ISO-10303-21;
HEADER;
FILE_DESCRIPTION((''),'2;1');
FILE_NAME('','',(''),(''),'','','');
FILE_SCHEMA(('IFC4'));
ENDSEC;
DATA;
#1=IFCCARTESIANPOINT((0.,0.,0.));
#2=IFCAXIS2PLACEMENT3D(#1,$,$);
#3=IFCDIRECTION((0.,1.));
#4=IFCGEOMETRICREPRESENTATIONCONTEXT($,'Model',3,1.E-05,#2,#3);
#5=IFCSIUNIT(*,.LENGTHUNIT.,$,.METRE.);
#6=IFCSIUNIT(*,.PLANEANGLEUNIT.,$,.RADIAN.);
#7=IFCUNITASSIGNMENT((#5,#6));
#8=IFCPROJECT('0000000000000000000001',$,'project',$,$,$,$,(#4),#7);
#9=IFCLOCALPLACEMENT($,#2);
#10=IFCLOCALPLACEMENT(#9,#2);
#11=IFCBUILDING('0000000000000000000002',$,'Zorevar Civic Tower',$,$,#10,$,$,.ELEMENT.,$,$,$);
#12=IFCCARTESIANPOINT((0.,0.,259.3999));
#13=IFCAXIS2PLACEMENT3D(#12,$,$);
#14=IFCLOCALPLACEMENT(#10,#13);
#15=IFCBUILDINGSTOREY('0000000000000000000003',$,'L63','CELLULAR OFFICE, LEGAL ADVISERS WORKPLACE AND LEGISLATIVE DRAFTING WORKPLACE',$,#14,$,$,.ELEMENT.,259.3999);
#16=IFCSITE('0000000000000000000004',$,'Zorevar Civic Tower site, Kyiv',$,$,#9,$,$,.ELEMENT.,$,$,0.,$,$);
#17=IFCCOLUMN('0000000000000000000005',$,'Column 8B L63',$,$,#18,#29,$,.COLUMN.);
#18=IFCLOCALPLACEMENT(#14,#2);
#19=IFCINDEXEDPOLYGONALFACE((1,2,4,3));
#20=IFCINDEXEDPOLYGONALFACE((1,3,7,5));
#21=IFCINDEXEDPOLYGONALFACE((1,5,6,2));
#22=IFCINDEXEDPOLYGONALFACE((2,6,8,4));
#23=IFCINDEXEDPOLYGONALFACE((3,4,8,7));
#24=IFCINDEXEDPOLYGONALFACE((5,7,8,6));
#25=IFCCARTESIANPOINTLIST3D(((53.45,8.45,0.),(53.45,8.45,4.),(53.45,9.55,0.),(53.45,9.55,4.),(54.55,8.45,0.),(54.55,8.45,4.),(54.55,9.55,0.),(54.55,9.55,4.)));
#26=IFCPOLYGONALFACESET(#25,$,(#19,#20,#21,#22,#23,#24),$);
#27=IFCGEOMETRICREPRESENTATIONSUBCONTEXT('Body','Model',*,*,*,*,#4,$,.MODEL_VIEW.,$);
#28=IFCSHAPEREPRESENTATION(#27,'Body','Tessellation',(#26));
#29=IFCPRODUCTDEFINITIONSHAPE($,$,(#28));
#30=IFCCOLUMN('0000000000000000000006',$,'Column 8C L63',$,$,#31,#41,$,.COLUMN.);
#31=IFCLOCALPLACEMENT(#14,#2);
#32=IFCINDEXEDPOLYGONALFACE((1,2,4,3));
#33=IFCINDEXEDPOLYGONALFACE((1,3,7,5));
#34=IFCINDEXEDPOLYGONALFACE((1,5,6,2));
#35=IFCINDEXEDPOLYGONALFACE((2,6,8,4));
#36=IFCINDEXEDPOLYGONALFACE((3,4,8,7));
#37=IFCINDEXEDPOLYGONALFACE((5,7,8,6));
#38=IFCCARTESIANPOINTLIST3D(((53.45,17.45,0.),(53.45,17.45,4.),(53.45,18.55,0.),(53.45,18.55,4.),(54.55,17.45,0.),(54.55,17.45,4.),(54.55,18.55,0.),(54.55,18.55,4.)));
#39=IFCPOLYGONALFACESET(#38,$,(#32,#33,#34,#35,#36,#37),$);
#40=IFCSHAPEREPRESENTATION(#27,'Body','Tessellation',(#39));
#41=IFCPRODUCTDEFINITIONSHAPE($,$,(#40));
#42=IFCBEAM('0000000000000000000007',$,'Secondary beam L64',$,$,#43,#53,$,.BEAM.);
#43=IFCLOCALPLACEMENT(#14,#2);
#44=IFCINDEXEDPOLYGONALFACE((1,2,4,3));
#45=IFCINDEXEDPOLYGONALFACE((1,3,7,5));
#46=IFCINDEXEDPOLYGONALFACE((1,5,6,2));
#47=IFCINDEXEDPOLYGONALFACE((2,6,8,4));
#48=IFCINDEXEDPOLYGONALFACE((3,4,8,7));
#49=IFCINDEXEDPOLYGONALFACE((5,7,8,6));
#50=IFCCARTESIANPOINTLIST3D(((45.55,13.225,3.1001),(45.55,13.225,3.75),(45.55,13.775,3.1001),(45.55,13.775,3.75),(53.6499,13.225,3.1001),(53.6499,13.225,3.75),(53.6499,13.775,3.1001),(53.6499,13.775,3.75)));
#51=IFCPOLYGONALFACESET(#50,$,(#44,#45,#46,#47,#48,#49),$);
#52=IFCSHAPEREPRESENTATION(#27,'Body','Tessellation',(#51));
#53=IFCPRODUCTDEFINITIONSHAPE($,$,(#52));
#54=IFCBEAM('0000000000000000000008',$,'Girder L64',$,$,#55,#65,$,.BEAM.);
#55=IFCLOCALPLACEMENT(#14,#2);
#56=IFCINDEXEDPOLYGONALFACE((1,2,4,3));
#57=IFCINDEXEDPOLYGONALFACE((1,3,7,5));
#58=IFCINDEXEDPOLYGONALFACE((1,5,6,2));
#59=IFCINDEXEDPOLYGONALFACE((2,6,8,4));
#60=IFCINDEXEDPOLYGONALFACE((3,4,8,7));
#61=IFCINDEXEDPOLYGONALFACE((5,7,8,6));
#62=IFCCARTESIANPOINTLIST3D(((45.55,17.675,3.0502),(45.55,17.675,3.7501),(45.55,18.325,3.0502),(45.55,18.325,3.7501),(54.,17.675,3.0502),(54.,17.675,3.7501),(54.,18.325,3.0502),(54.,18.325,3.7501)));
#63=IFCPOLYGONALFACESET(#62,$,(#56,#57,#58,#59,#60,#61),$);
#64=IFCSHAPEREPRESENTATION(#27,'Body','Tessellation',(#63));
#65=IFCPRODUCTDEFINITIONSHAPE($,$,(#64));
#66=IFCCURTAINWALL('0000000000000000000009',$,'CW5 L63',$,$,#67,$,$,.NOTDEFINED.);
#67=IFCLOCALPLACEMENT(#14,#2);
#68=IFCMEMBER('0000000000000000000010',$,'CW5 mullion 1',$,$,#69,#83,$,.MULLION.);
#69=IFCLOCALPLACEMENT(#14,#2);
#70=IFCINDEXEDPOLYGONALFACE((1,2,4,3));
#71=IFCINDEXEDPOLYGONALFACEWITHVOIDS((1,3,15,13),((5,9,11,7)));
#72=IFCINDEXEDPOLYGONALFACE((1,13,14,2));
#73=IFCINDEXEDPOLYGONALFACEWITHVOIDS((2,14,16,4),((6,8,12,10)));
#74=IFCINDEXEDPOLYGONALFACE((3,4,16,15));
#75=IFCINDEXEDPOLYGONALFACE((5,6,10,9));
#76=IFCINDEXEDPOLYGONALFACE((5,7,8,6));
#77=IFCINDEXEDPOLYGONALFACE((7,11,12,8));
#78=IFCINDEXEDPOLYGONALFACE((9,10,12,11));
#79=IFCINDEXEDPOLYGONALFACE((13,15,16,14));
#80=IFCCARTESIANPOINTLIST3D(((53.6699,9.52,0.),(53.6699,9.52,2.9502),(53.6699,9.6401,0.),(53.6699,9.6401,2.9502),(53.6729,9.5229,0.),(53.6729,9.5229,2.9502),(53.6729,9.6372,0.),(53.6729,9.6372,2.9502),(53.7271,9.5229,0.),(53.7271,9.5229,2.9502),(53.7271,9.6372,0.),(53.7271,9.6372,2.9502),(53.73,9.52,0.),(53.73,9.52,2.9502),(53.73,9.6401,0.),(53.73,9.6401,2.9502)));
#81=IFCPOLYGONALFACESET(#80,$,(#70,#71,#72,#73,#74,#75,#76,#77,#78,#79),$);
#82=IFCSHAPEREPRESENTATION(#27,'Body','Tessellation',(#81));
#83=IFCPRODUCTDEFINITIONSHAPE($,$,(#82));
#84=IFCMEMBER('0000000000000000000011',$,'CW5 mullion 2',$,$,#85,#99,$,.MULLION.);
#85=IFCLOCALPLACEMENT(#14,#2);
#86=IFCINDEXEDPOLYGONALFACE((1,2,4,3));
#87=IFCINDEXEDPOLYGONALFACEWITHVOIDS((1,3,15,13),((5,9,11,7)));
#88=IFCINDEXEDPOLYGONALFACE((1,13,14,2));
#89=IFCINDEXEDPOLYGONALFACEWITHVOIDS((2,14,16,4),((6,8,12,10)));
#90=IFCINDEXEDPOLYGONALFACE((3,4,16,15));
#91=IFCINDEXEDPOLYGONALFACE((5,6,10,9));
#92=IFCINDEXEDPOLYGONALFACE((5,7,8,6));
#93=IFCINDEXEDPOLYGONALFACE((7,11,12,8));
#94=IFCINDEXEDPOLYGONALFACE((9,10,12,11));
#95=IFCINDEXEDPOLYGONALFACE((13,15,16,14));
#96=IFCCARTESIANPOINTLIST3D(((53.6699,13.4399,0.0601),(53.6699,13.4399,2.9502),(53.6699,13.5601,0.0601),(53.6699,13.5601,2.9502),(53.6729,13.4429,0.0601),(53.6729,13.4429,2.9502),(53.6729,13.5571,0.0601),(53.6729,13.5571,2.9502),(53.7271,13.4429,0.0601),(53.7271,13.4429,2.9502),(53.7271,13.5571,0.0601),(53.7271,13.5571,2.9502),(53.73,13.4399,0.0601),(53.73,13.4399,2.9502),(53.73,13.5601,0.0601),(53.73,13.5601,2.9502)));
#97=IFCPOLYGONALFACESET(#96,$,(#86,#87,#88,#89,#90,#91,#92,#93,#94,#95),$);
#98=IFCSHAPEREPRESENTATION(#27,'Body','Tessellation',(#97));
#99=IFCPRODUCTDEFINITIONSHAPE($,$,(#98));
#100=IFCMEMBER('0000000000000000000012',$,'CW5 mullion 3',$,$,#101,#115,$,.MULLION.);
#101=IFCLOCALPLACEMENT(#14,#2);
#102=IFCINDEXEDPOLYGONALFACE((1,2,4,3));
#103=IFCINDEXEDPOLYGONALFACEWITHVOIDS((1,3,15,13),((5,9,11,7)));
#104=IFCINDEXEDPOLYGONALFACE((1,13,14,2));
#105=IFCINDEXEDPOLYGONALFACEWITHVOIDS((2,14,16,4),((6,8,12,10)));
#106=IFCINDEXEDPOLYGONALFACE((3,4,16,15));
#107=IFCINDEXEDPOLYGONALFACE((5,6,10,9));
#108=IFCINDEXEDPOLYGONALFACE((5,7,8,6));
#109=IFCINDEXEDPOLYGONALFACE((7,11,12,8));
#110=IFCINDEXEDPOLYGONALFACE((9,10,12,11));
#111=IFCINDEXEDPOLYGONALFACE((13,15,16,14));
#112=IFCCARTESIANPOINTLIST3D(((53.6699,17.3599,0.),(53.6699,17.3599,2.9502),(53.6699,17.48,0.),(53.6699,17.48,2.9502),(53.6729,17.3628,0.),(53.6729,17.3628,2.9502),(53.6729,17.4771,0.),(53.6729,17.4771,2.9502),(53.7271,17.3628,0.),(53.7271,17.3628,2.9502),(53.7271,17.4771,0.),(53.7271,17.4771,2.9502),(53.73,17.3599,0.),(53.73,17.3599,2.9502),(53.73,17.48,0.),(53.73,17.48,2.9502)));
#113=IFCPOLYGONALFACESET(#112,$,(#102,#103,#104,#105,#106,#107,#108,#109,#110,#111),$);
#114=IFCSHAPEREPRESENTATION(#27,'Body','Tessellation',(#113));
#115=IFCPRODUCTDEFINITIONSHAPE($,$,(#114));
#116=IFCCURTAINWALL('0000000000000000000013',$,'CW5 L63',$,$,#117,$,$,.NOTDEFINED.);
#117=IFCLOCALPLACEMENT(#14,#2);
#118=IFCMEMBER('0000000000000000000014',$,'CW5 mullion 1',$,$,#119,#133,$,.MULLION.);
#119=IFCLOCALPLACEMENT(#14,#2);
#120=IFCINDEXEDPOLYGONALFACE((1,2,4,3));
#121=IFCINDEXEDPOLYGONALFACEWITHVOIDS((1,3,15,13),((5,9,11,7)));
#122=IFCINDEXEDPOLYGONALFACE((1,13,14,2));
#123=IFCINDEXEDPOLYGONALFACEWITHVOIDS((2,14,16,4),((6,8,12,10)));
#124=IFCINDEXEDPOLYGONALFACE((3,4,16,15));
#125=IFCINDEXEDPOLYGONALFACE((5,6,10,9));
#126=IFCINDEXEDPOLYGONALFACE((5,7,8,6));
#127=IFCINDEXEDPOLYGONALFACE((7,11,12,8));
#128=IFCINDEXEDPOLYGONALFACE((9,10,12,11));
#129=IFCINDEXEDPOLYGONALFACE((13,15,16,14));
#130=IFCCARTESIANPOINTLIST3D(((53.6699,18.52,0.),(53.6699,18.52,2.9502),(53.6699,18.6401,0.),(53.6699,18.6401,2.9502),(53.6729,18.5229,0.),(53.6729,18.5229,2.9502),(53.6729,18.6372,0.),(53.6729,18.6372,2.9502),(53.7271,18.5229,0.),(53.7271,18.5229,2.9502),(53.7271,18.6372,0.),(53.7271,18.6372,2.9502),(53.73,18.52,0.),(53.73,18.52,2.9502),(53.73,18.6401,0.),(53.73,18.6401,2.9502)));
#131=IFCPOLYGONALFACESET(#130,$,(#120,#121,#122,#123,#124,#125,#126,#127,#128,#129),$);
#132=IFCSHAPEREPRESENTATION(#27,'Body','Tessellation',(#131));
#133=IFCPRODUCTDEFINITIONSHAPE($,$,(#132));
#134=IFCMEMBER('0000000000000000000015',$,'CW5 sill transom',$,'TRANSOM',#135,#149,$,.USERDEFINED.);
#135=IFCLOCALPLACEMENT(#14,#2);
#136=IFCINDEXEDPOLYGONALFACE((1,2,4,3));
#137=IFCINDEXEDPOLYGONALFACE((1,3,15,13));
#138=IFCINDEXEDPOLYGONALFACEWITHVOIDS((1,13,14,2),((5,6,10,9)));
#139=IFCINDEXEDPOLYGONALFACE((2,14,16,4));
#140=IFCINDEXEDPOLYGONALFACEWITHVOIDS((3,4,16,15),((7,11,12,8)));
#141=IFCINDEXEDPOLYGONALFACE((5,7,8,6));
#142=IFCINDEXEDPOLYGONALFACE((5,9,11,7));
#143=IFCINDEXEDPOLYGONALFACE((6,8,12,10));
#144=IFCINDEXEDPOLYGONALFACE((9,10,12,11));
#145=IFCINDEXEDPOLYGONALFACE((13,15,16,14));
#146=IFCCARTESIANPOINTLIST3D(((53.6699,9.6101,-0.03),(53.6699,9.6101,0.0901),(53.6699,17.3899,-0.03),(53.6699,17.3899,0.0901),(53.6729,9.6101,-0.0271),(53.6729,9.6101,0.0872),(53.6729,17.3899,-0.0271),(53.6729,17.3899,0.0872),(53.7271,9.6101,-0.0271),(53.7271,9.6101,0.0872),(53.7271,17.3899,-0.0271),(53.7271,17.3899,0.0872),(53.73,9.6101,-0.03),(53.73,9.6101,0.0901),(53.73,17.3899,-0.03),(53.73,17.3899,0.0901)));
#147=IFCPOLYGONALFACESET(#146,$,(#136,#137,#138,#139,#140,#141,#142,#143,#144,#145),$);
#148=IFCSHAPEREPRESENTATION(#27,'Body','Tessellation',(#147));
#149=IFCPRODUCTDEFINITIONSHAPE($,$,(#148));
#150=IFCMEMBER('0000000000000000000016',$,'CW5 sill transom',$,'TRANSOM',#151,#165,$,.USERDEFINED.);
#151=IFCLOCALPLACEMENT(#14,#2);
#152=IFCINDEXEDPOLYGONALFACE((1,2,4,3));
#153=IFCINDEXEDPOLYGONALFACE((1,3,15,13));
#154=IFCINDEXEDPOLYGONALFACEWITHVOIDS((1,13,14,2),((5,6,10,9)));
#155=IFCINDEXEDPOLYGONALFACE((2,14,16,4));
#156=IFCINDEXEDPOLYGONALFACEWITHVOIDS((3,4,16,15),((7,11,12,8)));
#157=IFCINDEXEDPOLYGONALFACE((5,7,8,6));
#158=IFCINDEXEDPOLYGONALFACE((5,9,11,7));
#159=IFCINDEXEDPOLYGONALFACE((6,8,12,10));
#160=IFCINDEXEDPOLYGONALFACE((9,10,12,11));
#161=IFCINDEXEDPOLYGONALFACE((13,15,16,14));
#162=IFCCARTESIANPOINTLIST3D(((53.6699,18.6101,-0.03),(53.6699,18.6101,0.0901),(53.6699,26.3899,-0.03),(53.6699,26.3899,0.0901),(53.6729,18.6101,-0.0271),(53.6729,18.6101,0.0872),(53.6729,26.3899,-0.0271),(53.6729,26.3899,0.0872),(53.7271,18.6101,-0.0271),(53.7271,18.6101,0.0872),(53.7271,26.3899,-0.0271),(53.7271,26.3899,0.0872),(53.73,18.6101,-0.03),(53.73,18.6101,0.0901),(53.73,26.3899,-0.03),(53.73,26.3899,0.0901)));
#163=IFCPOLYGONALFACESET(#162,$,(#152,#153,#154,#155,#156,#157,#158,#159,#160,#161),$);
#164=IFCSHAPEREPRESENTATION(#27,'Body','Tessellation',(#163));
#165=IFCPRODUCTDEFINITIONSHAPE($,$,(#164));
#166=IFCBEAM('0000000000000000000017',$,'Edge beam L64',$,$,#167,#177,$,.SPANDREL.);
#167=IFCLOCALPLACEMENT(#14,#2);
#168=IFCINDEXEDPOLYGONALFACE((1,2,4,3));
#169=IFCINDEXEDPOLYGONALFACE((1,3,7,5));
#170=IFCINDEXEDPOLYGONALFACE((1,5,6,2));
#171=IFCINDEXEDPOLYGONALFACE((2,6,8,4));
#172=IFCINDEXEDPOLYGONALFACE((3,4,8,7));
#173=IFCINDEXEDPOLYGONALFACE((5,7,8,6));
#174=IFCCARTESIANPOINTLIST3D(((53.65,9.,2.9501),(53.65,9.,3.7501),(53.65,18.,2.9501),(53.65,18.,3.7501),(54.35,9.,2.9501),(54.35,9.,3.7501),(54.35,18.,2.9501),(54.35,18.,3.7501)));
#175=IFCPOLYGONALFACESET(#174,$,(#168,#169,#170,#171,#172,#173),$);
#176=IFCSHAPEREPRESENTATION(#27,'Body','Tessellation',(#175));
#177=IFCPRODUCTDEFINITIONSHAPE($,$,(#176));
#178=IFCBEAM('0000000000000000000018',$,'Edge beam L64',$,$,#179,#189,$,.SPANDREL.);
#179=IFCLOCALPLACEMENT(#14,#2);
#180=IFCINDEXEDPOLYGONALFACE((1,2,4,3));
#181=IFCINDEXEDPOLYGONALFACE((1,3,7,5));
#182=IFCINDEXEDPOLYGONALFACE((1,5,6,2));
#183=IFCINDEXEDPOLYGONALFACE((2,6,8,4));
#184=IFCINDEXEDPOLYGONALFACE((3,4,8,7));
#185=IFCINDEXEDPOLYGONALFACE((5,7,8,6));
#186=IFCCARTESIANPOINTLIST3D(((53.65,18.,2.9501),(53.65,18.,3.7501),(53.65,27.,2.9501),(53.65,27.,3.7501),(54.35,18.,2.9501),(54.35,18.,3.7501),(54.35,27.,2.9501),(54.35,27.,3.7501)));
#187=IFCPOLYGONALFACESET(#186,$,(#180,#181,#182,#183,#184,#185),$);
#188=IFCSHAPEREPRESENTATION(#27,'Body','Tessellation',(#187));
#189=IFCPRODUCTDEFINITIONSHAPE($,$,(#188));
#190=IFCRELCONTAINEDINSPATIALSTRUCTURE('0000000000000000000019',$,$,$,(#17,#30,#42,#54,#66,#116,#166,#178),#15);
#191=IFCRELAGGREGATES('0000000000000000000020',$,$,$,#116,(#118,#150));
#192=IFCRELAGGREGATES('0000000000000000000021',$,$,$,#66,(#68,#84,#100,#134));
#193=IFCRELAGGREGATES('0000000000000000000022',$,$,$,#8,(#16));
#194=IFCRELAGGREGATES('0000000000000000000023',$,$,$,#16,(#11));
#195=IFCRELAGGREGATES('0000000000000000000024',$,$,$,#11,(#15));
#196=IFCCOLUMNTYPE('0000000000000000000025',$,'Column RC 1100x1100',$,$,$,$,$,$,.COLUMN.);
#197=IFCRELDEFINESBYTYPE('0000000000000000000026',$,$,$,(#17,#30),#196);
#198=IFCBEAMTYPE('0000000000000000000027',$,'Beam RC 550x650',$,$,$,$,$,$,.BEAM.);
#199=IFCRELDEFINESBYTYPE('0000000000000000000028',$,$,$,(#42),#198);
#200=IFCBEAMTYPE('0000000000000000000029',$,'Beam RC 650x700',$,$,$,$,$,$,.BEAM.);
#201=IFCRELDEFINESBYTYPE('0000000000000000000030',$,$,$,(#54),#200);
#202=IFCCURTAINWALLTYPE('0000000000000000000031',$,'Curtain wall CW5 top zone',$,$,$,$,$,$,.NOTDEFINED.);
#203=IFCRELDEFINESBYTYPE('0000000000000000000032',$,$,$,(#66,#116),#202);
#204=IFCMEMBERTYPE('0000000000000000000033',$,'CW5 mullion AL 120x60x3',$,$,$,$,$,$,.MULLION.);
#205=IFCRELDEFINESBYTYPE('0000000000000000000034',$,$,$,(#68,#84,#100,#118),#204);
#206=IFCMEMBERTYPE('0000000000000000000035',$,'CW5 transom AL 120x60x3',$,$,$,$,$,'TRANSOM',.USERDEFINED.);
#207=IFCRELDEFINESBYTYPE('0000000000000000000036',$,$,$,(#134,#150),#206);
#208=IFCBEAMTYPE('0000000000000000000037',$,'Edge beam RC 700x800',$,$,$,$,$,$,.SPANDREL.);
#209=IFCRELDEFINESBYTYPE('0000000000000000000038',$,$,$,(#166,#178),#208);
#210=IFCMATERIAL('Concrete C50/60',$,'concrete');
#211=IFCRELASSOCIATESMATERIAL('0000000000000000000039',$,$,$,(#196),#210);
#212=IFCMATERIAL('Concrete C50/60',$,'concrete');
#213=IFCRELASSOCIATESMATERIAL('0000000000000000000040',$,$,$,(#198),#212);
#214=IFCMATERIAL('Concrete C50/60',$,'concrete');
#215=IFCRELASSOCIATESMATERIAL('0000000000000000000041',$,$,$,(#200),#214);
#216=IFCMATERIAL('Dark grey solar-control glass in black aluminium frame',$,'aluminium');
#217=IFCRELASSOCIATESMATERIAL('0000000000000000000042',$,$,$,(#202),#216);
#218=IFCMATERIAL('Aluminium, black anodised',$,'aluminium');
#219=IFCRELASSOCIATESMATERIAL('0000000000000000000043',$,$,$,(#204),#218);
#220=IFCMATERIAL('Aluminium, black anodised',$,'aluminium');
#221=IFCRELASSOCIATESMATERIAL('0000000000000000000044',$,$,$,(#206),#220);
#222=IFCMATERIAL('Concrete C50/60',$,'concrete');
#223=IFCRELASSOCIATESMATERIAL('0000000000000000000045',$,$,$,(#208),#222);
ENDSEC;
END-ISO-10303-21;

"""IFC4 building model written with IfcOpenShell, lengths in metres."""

from ifc_helpers import new_model, si_unit, direction, frame, origin, origin_2d, place, context, subcontext, project, spatial, rectangle, hollow_rectangle, extrude, material, material_profile, profile_set, type_object, element, aggregate, save


model = new_model("IFC4")

# Units and contexts
model_context = context("Model", 3, precision=1e-05, world=origin(), true_north=direction((0.0, 1.0)))
body_context = subcontext(model_context, "Body", "Model", "MODEL_VIEW")
ifc_project = project(units=[si_unit("LENGTHUNIT", "METRE"), si_unit("PLANEANGLEUNIT", "RADIAN")], contexts=[model_context])

# Site, building, storey
site_placement = place(None, origin())
site = spatial("IfcSite", under=ifc_project, at=site_placement, Name="Zorevar Civic Tower site, Kyiv", CompositionType="ELEMENT", RefElevation=0.0)
building_placement = place(site_placement, origin())
building = spatial("IfcBuilding", under=site, at=building_placement, Name="Zorevar Civic Tower", CompositionType="ELEMENT")
storey_placement = place(building_placement, frame((0.0, 0.0, 259.3999)))
storey = spatial("IfcBuildingStorey", under=building, at=storey_placement, Name="L63", Description="CELLULAR OFFICE, LEGAL ADVISERS WORKPLACE AND LEGISLATIVE DRAFTING WORKPLACE", CompositionType="ELEMENT", Elevation=259.3999)

# Columns
ifc_material_1 = material(Name="Concrete C50/60", Category="concrete")
ifc_material_profile_1 = material_profile(ifc_material_1, rectangle(XDim=1.1001, YDim=1.1001, at=origin_2d()), Name="RC 1100x1100")
ifc_profile_set_1 = profile_set([ifc_material_profile_1], Name="Concrete C50/60")
column_type = type_object("IfcColumnType", Name="Column RC 1100x1100", PredefinedType="COLUMN", material=ifc_profile_set_1)
for number, where, z_axis, x_axis, name in (
    (1, (54.0, 9.0, 0.0), (0.0, 0.0, 1.0), (1.0, 0.0, 0.0), "Column 8B L63"),
    (2, (54.0, 18.0, 0.0), (0.0, 0.0, 1.0), (1.0, 0.0, 0.0), "Column 8C L63"),
):
    element("IfcColumn", number, at=place(storey_placement, frame(where, z_axis=z_axis, x_axis=x_axis)), inside=storey, type_object=column_type, Name=name, PredefinedType="COLUMN", context=body_context, shape_type="SweptSolid", body=[
        extrude(rectangle(XDim=1.1001, YDim=1.1001, at=origin_2d()), origin(), (0.0, 0.0, 1.0), 4.0),
    ])

# Beams
ifc_material_2 = material(Name="Concrete C50/60", Category="concrete")
ifc_material_profile_2 = material_profile(ifc_material_2, rectangle(XDim=0.55, YDim=0.6499, at=origin_2d()), Name="RC 550x650")
ifc_profile_set_2 = profile_set([ifc_material_profile_2], Name="Concrete C50/60")
beam_type_1 = type_object("IfcBeamType", Name="Beam RC 550x650", PredefinedType="BEAM", material=ifc_profile_set_2)
beam_1_placement = place(storey_placement, frame((45.55, 13.5, 3.425), z_axis=(1.0, 0.0, 0.0), x_axis=(0.0, 1.0, 0.0)))
element("IfcBeam", 3, at=beam_1_placement, inside=storey, type_object=beam_type_1, Name="Secondary beam L64", PredefinedType="BEAM", context=body_context, shape_type="SweptSolid", body=[
    extrude(rectangle(XDim=0.55, YDim=0.6499, at=origin_2d()), origin(), (0.0, 0.0, 1.0), 8.0999),
])
ifc_material_3 = material(Name="Concrete C50/60", Category="concrete")
ifc_material_profile_3 = material_profile(ifc_material_3, rectangle(XDim=0.6499, YDim=0.7, at=origin_2d()), Name="RC 650x700")
ifc_profile_set_3 = profile_set([ifc_material_profile_3], Name="Concrete C50/60")
beam_type_2 = type_object("IfcBeamType", Name="Beam RC 650x700", PredefinedType="BEAM", material=ifc_profile_set_3)
beam_2_placement = place(storey_placement, frame((45.55, 18.0, 3.4001), z_axis=(1.0, 0.0, 0.0), x_axis=(0.0, 1.0, 0.0)))
element("IfcBeam", 4, at=beam_2_placement, inside=storey, type_object=beam_type_2, Name="Girder L64", PredefinedType="BEAM", context=body_context, shape_type="SweptSolid", body=[
    extrude(rectangle(XDim=0.6499, YDim=0.7, at=origin_2d()), origin(), (0.0, 0.0, 1.0), 8.45),
])

# Curtain wall, members
ifc_material_4 = material(Name="Dark grey solar-control glass in black aluminium frame", Category="aluminium")
curtain_wall_type = type_object("IfcCurtainWallType", Name="Curtain wall CW5 top zone", PredefinedType="NOTDEFINED", material=ifc_material_4)
curtain_wall_1_placement = place(storey_placement, origin())
curtain_wall_1 = element("IfcCurtainWall", 5, at=curtain_wall_1_placement, inside=storey, type_object=curtain_wall_type, Name="CW5 L63", PredefinedType="NOTDEFINED")
ifc_material_5 = material(Name="Aluminium, black anodised", Category="aluminium")
ifc_material_profile_4 = material_profile(ifc_material_5, hollow_rectangle(XDim=0.0601, YDim=0.1201, WallThickness=0.0029, at=origin_2d()), Name="AL 120x60x3")
ifc_profile_set_4 = profile_set([ifc_material_profile_4], Name="Aluminium, black anodised")
member_type_1 = type_object("IfcMemberType", Name="CW5 mullion AL 120x60x3", PredefinedType="MULLION", material=ifc_profile_set_4)
member_1_placement = place(storey_placement, frame((53.7, 9.5801, 0.0), z_axis=(0.0, 0.0, 1.0), x_axis=(-1.0, 0.0, 0.0)))
member_1 = element("IfcMember", 6, at=member_1_placement, type_object=member_type_1, Name="CW5 mullion 1", PredefinedType="MULLION", context=body_context, shape_type="SweptSolid", body=[
    extrude(hollow_rectangle(XDim=0.0601, YDim=0.1201, WallThickness=0.0029, at=origin_2d()), origin(), (0.0, 0.0, 1.0), 2.9502),
])
member_2_placement = place(storey_placement, frame((53.7, 13.5, 0.0601), z_axis=(0.0, 0.0, 1.0), x_axis=(-1.0, 0.0, 0.0)))
member_2 = element("IfcMember", 7, at=member_2_placement, type_object=member_type_1, Name="CW5 mullion 2", PredefinedType="MULLION", context=body_context, shape_type="SweptSolid", body=[
    extrude(hollow_rectangle(XDim=0.0601, YDim=0.1201, WallThickness=0.0029, at=origin_2d()), origin(), (0.0, 0.0, 1.0), 2.8901),
])
member_3_placement = place(storey_placement, frame((53.7, 17.4199, 0.0), z_axis=(0.0, 0.0, 1.0), x_axis=(-1.0, 0.0, 0.0)))
member_3 = element("IfcMember", 8, at=member_3_placement, type_object=member_type_1, Name="CW5 mullion 3", PredefinedType="MULLION", context=body_context, shape_type="SweptSolid", body=[
    extrude(hollow_rectangle(XDim=0.0601, YDim=0.1201, WallThickness=0.0029, at=origin_2d()), origin(), (0.0, 0.0, 1.0), 2.9502),
])

# Curtain wall, member
curtain_wall_2_placement = place(storey_placement, origin())
curtain_wall_2 = element("IfcCurtainWall", 9, at=curtain_wall_2_placement, inside=storey, type_object=curtain_wall_type, Name="CW5 L63", PredefinedType="NOTDEFINED")
member_4_placement = place(storey_placement, frame((53.7, 18.5801, 0.0), z_axis=(0.0, 0.0, 1.0), x_axis=(-1.0, 0.0, 0.0)))
member_4 = element("IfcMember", 10, at=member_4_placement, type_object=member_type_1, Name="CW5 mullion 1", PredefinedType="MULLION", context=body_context, shape_type="SweptSolid", body=[
    extrude(hollow_rectangle(XDim=0.0601, YDim=0.1201, WallThickness=0.0029, at=origin_2d()), origin(), (0.0, 0.0, 1.0), 2.9502),
])

# Members
ifc_material_6 = material(Name="Aluminium, black anodised", Category="aluminium")
ifc_material_profile_5 = material_profile(ifc_material_6, hollow_rectangle(XDim=0.0601, YDim=0.1201, WallThickness=0.0029, at=origin_2d()), Name="AL 120x60x3")
ifc_profile_set_5 = profile_set([ifc_material_profile_5], Name="Aluminium, black anodised")
member_type_2 = type_object("IfcMemberType", Name="CW5 transom AL 120x60x3", ElementType="TRANSOM", PredefinedType="USERDEFINED", material=ifc_profile_set_5)
member_5_placement = place(storey_placement, frame((53.7, 9.6101, 0.03), z_axis=(0.0, 1.0, 0.0), x_axis=(-1.0, 0.0, 0.0)))
member_5 = element("IfcMember", 11, at=member_5_placement, type_object=member_type_2, Name="CW5 sill transom", ObjectType="TRANSOM", PredefinedType="USERDEFINED", context=body_context, shape_type="SweptSolid", body=[
    extrude(hollow_rectangle(XDim=0.0601, YDim=0.1201, WallThickness=0.0029, at=origin_2d()), origin(), (0.0, 0.0, 1.0), 7.7798),
])
member_6_placement = place(storey_placement, frame((53.7, 18.6101, 0.03), z_axis=(0.0, 1.0, 0.0), x_axis=(-1.0, 0.0, 0.0)))
member_6 = element("IfcMember", 12, at=member_6_placement, type_object=member_type_2, Name="CW5 sill transom", ObjectType="TRANSOM", PredefinedType="USERDEFINED", context=body_context, shape_type="SweptSolid", body=[
    extrude(hollow_rectangle(XDim=0.0601, YDim=0.1201, WallThickness=0.0029, at=origin_2d()), origin(), (0.0, 0.0, 1.0), 7.7798),
])
aggregate(curtain_wall_2, [member_4, member_6])

# Beams
ifc_material_7 = material(Name="Concrete C50/60", Category="concrete")
ifc_material_profile_6 = material_profile(ifc_material_7, rectangle(XDim=0.7, YDim=0.8, at=origin_2d()), Name="RC 700x800")
ifc_profile_set_6 = profile_set([ifc_material_profile_6], Name="Concrete C50/60")
beam_type_3 = type_object("IfcBeamType", Name="Edge beam RC 700x800", PredefinedType="SPANDREL", material=ifc_profile_set_6)
for number, where, z_axis, x_axis, name in (
    (13, (54.0, 9.0, 3.3501), (0.0, 1.0, 0.0), (-1.0, 0.0, 0.0), "Edge beam L64"),
    (14, (54.0, 18.0, 3.3501), (0.0, 1.0, 0.0), (-1.0, 0.0, 0.0), "Edge beam L64"),
):
    element("IfcBeam", number, at=place(storey_placement, frame(where, z_axis=z_axis, x_axis=x_axis)), inside=storey, type_object=beam_type_3, Name=name, PredefinedType="SPANDREL", context=body_context, shape_type="SweptSolid", body=[
        extrude(rectangle(XDim=0.7, YDim=0.8, at=origin_2d()), origin(), (0.0, 0.0, 1.0), 9.0),
    ])

aggregate(curtain_wall_1, [member_1, member_2, member_3, member_5])

save(model, "model.ifc")
